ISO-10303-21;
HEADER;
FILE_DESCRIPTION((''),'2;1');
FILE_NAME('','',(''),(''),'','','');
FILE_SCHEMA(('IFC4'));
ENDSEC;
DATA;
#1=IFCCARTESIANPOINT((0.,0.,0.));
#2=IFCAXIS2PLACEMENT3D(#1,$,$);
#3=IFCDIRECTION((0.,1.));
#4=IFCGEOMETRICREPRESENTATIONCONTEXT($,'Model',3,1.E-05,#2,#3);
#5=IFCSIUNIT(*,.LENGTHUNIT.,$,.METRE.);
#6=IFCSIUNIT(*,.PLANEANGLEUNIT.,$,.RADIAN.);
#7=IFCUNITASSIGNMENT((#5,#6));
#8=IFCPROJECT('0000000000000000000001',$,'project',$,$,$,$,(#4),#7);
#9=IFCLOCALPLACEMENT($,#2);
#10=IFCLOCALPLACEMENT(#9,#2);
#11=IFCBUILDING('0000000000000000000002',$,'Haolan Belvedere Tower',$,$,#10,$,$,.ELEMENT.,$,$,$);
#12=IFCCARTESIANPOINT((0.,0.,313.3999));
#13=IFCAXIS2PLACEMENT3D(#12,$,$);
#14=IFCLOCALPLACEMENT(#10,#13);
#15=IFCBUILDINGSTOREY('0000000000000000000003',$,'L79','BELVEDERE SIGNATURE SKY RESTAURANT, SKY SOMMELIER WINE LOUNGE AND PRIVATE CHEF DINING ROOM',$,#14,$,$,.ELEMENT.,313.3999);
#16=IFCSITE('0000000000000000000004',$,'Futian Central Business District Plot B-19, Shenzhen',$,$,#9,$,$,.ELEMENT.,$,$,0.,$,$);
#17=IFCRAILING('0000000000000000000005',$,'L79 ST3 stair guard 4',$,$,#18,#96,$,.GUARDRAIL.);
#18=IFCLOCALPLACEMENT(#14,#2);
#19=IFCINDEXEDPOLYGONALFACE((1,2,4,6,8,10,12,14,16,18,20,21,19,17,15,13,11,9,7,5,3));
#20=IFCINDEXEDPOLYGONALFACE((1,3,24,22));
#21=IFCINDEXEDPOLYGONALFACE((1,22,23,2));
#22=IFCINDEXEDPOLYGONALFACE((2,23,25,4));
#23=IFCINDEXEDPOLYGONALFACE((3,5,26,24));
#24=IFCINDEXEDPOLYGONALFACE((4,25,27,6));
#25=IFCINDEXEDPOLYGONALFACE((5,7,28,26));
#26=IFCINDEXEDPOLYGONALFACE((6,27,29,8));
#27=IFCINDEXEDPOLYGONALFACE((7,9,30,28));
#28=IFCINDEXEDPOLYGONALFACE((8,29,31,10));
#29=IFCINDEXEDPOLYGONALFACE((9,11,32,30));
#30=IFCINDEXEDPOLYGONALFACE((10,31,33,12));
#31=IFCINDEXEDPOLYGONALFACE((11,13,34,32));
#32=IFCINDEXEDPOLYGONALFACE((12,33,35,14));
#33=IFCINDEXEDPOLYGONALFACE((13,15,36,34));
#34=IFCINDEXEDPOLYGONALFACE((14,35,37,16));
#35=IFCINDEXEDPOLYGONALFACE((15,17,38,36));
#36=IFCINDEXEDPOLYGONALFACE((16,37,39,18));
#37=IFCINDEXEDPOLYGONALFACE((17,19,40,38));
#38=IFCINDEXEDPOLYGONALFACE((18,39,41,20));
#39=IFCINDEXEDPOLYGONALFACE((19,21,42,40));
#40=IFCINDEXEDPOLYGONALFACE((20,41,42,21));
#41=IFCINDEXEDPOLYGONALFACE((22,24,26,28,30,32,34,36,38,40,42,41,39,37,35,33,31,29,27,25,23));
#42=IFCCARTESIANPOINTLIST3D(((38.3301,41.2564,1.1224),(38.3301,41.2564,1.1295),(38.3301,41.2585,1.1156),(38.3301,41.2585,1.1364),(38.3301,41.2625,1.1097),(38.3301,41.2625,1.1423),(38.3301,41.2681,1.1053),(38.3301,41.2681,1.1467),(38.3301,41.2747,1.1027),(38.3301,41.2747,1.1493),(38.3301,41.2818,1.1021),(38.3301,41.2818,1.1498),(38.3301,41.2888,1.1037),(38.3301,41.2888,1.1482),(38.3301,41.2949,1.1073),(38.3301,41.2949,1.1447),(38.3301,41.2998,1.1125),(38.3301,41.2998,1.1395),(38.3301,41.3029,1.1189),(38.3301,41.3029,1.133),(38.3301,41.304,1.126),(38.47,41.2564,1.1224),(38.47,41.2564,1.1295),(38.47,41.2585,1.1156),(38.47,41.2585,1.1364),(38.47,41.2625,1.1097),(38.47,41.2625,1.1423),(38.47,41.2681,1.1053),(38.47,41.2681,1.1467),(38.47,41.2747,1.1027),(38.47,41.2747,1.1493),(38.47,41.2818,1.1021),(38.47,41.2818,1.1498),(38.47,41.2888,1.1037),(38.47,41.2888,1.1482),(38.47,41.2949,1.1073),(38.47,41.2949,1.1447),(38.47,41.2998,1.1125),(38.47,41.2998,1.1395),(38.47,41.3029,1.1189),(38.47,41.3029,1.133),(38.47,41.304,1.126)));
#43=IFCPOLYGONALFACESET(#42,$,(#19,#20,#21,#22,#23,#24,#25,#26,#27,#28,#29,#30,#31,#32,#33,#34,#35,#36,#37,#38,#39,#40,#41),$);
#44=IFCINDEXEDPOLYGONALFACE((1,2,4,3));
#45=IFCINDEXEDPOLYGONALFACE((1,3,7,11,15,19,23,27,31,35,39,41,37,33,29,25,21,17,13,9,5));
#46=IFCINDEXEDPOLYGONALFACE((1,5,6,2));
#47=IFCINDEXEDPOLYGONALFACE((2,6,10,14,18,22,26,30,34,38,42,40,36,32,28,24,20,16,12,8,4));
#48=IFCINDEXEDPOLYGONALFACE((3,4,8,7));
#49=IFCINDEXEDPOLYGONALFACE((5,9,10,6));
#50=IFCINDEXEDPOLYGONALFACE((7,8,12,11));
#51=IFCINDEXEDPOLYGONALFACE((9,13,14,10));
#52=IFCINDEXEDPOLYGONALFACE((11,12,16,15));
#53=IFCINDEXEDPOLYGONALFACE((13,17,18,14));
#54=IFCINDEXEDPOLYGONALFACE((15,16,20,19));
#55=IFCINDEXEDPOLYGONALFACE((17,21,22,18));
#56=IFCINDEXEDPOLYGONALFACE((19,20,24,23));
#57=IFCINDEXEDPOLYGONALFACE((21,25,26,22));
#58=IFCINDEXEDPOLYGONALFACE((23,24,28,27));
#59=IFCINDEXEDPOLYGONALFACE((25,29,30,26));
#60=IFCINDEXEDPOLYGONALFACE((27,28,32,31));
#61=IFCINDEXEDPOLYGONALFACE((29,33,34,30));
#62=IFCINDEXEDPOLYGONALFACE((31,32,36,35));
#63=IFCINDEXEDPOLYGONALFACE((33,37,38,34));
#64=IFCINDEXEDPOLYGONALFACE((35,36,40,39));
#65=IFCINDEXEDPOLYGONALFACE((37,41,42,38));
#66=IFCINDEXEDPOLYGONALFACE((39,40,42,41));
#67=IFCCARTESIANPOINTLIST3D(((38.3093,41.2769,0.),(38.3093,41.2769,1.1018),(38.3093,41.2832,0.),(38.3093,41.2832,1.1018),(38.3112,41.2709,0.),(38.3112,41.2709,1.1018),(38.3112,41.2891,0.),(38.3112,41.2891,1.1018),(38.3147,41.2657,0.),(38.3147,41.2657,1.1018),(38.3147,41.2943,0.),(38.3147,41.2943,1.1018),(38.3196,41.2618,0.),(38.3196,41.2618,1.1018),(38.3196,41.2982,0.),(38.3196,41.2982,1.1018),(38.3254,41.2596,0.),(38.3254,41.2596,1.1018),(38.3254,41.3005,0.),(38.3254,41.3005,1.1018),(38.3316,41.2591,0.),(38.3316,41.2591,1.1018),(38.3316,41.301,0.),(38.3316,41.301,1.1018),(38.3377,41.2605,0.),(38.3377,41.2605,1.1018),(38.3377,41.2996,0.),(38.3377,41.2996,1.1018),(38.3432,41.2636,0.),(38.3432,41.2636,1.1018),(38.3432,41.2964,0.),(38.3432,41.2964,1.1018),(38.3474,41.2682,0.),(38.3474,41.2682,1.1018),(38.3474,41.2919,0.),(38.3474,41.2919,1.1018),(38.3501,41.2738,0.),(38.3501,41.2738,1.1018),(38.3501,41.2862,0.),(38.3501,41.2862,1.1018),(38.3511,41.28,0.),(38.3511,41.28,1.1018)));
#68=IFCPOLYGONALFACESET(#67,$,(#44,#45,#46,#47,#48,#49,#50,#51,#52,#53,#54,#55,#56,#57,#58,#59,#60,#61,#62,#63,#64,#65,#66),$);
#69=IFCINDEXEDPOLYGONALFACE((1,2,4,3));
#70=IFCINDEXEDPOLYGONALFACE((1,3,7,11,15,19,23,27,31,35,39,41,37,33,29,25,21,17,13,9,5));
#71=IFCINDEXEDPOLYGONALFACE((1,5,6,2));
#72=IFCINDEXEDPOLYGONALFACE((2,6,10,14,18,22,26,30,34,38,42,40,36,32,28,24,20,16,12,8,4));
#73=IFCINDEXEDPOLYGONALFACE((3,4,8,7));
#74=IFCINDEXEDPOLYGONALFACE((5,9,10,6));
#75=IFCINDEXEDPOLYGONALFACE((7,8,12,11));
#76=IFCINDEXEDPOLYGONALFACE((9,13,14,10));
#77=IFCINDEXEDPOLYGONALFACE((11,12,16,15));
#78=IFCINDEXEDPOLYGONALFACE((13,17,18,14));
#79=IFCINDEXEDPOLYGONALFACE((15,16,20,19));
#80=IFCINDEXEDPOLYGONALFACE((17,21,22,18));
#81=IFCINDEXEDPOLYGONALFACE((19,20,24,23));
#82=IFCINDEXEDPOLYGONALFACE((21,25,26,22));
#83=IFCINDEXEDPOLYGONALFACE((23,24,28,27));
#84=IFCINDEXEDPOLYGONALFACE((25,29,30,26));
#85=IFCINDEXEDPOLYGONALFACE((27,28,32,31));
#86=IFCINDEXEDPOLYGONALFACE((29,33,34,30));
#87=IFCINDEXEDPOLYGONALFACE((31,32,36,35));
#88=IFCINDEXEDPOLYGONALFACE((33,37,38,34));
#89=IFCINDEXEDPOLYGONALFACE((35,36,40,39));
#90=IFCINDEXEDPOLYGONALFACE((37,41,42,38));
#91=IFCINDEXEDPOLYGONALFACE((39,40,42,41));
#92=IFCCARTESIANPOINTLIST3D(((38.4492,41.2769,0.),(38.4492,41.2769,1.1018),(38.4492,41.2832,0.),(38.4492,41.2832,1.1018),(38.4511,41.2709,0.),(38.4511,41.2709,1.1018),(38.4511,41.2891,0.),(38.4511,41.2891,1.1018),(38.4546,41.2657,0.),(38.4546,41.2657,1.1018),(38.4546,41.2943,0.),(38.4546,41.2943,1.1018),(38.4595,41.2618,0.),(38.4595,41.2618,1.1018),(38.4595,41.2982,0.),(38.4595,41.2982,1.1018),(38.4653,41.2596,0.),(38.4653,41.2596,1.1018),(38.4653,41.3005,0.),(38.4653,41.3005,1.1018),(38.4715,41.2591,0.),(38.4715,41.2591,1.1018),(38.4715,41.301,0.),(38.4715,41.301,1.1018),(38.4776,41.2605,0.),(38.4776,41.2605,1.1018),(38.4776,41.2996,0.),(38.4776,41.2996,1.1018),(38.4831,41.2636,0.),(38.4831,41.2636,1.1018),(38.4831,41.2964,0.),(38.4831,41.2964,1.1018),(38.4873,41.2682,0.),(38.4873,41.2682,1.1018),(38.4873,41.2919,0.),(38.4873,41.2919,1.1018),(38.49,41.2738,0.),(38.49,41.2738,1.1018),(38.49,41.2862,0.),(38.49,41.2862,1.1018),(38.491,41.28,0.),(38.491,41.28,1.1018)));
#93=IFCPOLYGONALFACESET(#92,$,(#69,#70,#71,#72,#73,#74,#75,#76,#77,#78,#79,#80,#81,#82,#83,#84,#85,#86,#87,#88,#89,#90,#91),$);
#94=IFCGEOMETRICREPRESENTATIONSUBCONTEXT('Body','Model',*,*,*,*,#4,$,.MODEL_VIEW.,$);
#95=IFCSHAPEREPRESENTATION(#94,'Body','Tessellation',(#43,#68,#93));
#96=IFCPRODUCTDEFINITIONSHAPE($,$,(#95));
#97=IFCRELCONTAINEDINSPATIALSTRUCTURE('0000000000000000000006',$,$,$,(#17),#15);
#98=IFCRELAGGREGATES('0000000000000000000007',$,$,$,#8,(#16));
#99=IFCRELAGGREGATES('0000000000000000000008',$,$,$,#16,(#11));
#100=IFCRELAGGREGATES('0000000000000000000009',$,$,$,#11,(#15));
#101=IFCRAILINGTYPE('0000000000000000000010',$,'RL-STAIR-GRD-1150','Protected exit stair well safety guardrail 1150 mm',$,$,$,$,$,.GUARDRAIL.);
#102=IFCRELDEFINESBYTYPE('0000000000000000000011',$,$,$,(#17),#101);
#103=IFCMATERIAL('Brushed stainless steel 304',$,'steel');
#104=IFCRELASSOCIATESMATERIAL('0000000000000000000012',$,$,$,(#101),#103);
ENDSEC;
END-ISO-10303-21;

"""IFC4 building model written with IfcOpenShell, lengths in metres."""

from ifc_helpers import new_model, si_unit, direction, frame, origin, origin_2d, place, context, subcontext, project, spatial, circle, extrude, material, type_object, element, save


model = new_model("IFC4")

# Units and contexts
model_context = context("Model", 3, precision=1e-05, world=origin(), true_north=direction((0.0, 1.0)))
body_context = subcontext(model_context, "Body", "Model", "MODEL_VIEW")
ifc_project = project(units=[si_unit("LENGTHUNIT", "METRE"), si_unit("PLANEANGLEUNIT", "RADIAN")], contexts=[model_context])

# Site, building, storey
site_placement = place(None, origin())
site = spatial("IfcSite", under=ifc_project, at=site_placement, Name="Futian Central Business District Plot B-19, Shenzhen", CompositionType="ELEMENT", RefElevation=0.0)
building_placement = place(site_placement, origin())
building = spatial("IfcBuilding", under=site, at=building_placement, Name="Haolan Belvedere Tower", CompositionType="ELEMENT")
storey_placement = place(building_placement, frame((0.0, 0.0, 313.3999)))
storey = spatial("IfcBuildingStorey", under=building, at=storey_placement, Name="L79", Description="BELVEDERE SIGNATURE SKY RESTAURANT, SKY SOMMELIER WINE LOUNGE AND PRIVATE CHEF DINING ROOM", CompositionType="ELEMENT", Elevation=313.3999)

# Railing
ifc_material_1 = material(Name="Brushed stainless steel 304", Category="steel")
railing_type = type_object("IfcRailingType", Name="RL-STAIR-GRD-1150", Description="Protected exit stair well safety guardrail 1150 mm", PredefinedType="GUARDRAIL", material=ifc_material_1)
railing_1_placement = place(storey_placement, frame((38.3301, 41.28, 0.0)))
element("IfcRailing", 1, at=railing_1_placement, inside=storey, type_object=railing_type, Name="L79 ST3 stair guard 4", PredefinedType="GUARDRAIL", context=body_context, shape_type="SweptSolid", body=[
    extrude(circle(Radius=0.0239, at=origin_2d()), frame((0.0, 0.0, 1.126), z_axis=(1.0, 0.0, 0.0), x_axis=(0.0, 1.0, 0.0)), (0.0, 0.0, 1.0), 0.1399),
    extrude(circle(Radius=0.021, at=origin_2d()), origin(), (0.0, 0.0, 1.0), 1.1018),
    extrude(circle(Radius=0.021, at=origin_2d()), frame((0.1399, 0.0, 0.0)), (0.0, 0.0, 1.0), 1.1018),
])

save(model, "model.ifc")
